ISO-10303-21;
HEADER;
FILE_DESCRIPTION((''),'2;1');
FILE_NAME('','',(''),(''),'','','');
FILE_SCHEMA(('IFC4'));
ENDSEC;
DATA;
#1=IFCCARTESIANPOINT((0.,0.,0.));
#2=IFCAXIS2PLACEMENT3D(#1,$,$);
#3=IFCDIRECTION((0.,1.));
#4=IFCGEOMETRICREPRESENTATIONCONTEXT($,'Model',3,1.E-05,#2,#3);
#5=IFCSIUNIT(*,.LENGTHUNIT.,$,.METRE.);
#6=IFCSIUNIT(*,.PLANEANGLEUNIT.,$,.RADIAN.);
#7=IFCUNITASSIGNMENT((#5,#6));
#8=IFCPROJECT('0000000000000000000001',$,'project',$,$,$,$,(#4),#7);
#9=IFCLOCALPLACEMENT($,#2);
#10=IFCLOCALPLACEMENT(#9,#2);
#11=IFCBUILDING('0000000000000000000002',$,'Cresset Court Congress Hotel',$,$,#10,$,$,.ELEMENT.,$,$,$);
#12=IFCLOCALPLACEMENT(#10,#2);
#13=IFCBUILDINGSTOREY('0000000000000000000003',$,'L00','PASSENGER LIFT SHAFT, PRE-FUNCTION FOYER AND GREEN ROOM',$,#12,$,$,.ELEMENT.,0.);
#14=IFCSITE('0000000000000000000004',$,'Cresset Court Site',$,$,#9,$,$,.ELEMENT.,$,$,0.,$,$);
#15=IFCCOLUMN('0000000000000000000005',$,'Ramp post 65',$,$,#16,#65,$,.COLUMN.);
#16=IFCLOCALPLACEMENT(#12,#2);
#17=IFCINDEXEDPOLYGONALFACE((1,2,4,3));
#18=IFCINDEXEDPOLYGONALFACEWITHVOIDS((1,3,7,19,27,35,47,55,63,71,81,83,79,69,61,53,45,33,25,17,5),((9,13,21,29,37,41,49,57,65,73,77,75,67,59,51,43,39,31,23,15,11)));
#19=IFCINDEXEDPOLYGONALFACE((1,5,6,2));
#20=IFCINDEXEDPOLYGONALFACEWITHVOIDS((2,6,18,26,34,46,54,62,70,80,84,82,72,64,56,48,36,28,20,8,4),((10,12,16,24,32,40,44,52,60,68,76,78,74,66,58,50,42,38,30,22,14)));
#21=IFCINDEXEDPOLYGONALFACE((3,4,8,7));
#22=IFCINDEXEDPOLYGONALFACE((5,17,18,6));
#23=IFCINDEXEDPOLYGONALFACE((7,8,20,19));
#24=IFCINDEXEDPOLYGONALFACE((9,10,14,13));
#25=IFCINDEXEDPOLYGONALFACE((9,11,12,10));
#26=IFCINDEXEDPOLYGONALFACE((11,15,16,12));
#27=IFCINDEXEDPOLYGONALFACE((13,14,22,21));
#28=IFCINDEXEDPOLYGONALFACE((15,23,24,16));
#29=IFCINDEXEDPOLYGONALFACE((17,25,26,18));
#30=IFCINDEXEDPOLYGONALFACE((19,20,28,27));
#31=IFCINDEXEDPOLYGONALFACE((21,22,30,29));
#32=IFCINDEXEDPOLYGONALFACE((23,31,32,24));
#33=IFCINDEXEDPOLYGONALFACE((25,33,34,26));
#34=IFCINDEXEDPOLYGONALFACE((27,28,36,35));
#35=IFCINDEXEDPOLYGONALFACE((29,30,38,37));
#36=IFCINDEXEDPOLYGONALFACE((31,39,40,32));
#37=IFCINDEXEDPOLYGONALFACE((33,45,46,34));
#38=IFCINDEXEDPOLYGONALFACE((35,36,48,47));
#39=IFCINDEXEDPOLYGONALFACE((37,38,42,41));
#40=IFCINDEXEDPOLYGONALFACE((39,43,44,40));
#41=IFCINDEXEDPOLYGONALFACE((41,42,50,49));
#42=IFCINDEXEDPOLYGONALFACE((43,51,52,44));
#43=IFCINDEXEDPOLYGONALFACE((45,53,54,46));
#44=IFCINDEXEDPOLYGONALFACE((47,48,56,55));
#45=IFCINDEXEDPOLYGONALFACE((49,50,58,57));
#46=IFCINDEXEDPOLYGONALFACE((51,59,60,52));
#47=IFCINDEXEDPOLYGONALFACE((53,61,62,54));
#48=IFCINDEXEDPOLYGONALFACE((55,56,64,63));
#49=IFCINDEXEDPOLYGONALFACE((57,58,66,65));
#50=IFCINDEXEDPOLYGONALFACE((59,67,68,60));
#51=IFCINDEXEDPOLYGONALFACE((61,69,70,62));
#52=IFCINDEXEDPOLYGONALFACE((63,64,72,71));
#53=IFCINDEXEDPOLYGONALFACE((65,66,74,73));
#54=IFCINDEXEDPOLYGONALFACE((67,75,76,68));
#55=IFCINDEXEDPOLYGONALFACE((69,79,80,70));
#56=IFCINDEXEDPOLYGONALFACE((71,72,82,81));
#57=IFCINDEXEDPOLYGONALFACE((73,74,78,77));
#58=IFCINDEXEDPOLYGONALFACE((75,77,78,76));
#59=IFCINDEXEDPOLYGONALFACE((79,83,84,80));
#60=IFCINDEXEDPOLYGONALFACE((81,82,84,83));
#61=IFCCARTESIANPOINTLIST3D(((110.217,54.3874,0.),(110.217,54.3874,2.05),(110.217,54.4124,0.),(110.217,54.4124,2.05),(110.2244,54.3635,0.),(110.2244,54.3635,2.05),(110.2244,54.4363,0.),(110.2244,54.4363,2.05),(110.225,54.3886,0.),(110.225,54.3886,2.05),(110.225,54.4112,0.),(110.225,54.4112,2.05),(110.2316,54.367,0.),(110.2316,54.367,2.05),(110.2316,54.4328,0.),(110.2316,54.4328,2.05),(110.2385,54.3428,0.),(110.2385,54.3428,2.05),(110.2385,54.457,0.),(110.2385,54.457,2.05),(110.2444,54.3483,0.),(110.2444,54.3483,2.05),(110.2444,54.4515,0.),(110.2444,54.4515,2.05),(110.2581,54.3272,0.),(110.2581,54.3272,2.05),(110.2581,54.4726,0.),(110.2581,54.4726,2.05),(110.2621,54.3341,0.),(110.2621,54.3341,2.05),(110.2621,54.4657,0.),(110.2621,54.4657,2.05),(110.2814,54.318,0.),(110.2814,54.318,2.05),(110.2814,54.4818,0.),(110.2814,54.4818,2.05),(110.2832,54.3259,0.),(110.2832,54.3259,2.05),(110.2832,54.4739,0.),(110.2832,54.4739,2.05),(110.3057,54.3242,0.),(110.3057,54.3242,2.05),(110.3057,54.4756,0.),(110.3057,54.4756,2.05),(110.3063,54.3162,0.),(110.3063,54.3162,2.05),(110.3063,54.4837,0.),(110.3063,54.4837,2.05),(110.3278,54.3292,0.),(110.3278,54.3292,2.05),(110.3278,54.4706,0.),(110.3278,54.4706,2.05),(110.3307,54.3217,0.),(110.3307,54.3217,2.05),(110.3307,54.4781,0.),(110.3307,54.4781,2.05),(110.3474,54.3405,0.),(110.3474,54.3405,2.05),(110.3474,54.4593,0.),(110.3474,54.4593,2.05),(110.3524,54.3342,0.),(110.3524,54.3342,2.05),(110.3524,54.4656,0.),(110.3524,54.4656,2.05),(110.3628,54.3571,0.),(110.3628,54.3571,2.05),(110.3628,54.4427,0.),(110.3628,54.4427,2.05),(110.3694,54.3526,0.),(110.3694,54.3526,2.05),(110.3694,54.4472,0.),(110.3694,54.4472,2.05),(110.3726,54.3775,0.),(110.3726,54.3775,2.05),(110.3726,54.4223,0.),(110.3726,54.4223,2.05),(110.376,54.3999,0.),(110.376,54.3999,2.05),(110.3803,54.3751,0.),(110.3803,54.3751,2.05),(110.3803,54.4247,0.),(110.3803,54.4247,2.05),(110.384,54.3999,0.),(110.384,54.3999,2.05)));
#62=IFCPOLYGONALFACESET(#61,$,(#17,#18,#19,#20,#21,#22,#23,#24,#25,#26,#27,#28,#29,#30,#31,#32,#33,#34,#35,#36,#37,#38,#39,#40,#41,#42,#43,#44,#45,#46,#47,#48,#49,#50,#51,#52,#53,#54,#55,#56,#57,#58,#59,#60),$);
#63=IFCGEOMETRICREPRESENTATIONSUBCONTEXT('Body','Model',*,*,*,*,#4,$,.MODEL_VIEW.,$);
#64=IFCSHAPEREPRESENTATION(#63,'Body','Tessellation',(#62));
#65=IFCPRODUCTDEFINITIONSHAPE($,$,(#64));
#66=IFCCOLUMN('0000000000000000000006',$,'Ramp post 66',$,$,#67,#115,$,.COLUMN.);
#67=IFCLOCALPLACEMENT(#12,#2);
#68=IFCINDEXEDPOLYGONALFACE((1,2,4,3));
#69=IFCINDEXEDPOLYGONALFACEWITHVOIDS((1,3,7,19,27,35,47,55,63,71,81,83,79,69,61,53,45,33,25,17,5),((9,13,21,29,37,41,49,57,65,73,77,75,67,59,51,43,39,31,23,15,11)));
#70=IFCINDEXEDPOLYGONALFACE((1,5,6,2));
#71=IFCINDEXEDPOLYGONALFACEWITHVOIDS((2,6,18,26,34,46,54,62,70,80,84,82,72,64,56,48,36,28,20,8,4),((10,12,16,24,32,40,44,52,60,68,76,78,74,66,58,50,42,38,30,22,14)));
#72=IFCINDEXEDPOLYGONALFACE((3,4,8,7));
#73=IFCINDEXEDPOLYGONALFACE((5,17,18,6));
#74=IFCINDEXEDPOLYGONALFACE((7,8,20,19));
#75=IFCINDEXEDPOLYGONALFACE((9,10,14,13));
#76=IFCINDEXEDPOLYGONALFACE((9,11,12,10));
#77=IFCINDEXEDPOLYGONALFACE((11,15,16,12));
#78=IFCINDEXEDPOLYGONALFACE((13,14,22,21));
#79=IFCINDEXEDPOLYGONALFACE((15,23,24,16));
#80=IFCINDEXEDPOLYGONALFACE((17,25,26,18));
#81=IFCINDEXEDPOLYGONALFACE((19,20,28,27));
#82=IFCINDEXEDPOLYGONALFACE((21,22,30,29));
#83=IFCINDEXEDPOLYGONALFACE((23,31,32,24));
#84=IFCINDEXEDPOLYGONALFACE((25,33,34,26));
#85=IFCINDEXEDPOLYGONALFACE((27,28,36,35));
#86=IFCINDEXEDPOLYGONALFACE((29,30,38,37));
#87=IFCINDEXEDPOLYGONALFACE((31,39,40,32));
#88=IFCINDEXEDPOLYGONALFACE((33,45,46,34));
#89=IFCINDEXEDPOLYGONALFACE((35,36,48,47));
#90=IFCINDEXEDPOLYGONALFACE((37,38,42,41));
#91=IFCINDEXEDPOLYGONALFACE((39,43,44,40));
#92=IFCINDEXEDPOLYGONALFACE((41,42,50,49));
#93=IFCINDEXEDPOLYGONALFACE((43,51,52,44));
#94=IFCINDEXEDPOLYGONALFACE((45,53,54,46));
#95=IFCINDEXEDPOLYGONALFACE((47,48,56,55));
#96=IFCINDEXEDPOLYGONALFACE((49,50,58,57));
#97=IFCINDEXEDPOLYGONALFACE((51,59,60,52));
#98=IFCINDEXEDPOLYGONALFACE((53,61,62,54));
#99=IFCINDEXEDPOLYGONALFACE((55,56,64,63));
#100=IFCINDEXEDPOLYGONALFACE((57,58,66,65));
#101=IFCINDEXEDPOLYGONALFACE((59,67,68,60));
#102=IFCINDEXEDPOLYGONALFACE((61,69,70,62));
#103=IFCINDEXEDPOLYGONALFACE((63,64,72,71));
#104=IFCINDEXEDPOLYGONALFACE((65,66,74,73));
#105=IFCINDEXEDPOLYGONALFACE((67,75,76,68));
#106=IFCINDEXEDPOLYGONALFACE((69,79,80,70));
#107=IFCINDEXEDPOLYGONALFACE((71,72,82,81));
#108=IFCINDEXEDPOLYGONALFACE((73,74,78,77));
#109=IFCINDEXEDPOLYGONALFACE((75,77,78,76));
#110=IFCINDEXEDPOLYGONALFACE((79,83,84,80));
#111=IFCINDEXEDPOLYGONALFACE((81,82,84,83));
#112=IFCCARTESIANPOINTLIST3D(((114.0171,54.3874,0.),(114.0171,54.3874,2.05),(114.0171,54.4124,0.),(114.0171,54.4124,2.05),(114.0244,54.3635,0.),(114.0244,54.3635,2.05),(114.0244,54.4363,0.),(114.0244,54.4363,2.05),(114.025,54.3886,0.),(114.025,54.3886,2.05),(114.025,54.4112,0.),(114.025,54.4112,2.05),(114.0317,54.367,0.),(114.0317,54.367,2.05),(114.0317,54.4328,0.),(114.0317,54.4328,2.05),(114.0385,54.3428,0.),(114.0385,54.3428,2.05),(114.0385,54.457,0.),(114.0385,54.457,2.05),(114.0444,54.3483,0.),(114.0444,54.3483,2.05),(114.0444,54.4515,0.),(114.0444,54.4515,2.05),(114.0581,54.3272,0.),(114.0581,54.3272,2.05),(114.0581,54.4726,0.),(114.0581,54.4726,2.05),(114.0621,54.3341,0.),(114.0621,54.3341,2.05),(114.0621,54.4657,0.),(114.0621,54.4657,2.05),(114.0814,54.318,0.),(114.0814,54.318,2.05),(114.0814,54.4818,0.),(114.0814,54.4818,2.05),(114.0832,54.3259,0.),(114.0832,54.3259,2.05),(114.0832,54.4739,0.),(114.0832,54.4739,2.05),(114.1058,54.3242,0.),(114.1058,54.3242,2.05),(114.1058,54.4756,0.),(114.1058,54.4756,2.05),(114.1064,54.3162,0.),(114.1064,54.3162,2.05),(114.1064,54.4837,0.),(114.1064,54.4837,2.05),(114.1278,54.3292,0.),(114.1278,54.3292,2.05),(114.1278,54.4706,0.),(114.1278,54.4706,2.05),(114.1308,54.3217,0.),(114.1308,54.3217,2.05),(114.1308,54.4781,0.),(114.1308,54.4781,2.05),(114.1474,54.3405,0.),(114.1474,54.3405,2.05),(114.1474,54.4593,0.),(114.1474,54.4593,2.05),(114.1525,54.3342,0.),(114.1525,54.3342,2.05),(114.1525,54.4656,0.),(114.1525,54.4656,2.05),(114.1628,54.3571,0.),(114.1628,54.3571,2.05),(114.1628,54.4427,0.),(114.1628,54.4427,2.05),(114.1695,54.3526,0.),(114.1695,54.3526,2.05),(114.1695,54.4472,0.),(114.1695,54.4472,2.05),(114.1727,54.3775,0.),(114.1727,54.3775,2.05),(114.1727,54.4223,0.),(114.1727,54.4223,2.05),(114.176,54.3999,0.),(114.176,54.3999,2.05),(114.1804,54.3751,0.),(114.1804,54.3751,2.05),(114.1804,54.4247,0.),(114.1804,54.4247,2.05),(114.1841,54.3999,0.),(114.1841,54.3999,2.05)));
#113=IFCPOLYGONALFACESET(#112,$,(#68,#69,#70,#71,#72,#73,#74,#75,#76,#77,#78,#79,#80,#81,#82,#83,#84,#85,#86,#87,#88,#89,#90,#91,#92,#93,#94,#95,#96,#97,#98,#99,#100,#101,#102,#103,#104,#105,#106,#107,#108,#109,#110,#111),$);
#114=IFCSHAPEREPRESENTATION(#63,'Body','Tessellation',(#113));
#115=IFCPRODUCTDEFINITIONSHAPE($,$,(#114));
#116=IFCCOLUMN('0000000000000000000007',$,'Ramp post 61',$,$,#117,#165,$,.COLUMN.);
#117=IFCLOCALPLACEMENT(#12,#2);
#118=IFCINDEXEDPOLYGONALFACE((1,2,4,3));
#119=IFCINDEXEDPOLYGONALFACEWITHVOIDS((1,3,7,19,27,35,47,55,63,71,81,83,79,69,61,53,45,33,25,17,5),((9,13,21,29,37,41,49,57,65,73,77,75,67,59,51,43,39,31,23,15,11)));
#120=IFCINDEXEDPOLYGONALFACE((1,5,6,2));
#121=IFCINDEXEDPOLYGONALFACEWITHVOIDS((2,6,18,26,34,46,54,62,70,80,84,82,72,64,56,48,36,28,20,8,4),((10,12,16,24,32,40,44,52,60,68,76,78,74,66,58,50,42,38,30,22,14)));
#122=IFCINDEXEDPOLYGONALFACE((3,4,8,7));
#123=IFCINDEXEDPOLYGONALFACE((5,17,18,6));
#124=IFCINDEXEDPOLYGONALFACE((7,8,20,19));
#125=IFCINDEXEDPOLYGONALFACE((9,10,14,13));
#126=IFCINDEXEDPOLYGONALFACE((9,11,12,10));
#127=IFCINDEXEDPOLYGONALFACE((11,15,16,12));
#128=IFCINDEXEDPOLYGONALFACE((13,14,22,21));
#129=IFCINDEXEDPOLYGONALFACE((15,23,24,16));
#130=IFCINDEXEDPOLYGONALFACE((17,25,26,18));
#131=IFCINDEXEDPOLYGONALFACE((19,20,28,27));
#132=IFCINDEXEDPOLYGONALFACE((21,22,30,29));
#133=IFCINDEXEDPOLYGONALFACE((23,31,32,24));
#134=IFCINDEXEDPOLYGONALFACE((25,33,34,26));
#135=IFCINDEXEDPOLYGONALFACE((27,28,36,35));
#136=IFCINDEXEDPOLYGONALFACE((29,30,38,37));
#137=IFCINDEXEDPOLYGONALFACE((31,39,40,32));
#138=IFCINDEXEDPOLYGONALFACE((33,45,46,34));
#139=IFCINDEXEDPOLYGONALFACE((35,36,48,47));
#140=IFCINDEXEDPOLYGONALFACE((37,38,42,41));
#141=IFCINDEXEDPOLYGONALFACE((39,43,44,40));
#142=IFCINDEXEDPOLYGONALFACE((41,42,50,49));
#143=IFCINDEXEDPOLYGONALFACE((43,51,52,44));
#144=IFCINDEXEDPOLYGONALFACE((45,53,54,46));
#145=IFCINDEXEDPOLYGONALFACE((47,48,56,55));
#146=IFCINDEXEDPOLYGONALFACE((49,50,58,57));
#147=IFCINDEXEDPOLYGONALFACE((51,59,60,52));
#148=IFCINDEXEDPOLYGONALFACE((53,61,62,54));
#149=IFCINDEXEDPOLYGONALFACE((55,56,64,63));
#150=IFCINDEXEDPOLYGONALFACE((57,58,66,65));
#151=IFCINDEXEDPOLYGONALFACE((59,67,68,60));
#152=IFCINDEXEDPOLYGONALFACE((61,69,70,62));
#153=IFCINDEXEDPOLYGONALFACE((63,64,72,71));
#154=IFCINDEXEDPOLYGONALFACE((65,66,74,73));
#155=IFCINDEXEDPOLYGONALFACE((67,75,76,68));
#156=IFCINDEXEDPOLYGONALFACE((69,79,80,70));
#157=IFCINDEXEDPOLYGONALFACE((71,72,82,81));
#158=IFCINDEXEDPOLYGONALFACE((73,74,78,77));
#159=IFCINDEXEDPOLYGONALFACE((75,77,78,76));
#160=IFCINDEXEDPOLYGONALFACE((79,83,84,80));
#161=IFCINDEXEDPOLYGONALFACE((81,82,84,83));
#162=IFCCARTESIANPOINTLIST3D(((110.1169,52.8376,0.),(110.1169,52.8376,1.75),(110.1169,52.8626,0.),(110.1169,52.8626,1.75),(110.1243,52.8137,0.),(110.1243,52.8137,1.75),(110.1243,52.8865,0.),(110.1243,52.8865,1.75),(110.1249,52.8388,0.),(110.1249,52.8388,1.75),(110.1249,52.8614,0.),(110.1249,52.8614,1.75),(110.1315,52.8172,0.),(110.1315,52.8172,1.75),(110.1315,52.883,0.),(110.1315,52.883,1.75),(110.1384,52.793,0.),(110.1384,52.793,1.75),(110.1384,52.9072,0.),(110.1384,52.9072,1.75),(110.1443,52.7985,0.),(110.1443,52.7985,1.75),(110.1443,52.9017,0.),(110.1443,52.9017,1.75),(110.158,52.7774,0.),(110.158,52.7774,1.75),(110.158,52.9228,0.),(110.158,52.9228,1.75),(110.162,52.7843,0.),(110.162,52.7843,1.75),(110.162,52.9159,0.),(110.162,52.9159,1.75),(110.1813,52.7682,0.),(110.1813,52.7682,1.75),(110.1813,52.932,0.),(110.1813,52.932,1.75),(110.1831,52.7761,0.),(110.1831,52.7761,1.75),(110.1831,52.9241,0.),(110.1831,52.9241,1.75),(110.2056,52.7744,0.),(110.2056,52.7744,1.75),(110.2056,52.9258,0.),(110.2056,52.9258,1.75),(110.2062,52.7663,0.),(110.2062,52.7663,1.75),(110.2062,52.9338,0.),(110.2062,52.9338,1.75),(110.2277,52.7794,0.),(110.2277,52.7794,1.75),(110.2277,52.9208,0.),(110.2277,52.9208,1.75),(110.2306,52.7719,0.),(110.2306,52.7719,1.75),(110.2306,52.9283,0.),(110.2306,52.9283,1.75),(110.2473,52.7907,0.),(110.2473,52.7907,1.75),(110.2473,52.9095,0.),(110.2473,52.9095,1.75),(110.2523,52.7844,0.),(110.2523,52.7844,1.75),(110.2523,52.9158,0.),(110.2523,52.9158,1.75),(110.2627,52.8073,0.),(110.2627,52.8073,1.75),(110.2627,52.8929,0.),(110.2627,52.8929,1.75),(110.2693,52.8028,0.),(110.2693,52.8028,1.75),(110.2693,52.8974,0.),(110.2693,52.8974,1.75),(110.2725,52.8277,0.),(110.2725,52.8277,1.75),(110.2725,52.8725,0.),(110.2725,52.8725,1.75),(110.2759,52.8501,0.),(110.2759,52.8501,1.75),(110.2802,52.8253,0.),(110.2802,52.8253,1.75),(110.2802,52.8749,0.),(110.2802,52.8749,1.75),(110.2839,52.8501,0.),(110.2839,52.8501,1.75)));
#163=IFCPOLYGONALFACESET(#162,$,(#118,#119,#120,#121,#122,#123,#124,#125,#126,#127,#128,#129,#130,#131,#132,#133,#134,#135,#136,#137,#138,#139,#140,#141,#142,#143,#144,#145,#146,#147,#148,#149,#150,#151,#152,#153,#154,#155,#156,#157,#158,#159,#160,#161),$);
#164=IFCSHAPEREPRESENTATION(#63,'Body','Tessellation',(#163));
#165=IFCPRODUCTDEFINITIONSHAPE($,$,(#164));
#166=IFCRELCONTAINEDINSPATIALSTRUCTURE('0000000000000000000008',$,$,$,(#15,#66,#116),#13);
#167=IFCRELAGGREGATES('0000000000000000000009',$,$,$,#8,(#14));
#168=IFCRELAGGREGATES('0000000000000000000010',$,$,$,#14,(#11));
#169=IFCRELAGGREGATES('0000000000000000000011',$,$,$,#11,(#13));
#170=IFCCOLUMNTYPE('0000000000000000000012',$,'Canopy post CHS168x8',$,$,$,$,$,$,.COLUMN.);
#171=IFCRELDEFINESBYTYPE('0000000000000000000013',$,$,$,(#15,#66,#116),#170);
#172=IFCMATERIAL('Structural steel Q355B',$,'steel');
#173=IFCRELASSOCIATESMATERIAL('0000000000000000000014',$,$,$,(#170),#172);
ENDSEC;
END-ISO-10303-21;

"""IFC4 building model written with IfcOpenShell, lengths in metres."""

from ifc_helpers import new_model, si_unit, direction, frame, origin, origin_2d, place, context, subcontext, project, spatial, hollow_circle, extrude, material, material_profile, profile_set, type_object, element, save


model = new_model("IFC4")

# Units and contexts
model_context = context("Model", 3, precision=1e-05, world=origin(), true_north=direction((0.0, 1.0)))
body_context = subcontext(model_context, "Body", "Model", "MODEL_VIEW")
ifc_project = project(units=[si_unit("LENGTHUNIT", "METRE"), si_unit("PLANEANGLEUNIT", "RADIAN")], contexts=[model_context])

# Site, building, storey
site_placement = place(None, origin())
site = spatial("IfcSite", under=ifc_project, at=site_placement, Name="Cresset Court Site", CompositionType="ELEMENT", RefElevation=0.0)
building_placement = place(site_placement, origin())
building = spatial("IfcBuilding", under=site, at=building_placement, Name="Cresset Court Congress Hotel", CompositionType="ELEMENT")
storey_placement = place(building_placement, origin())
storey = spatial("IfcBuildingStorey", under=building, at=storey_placement, Name="L00", Description="PASSENGER LIFT SHAFT, PRE-FUNCTION FOYER AND GREEN ROOM", CompositionType="ELEMENT", Elevation=0.0)

# Columns
ifc_material_1 = material(Name="Structural steel Q355B", Category="steel")
ifc_material_profile = material_profile(ifc_material_1, hollow_circle(Radius=0.084, WallThickness=0.0081, at=origin_2d()), Name="CHS168x8")
ifc_profile_set = profile_set([ifc_material_profile], Name="Structural steel Q355B")
column_type = type_object("IfcColumnType", Name="Canopy post CHS168x8", PredefinedType="COLUMN", material=ifc_profile_set)
for number, where, z_axis, x_axis, name in (
    (1, (110.3, 54.3999, 0.0), (0.0, 0.0, 1.0), (1.0, 0.0, 0.0), "Ramp post 65"),
    (2, (114.1001, 54.3999, 0.0), (0.0, 0.0, 1.0), (1.0, 0.0, 0.0), "Ramp post 66"),
):
    element("IfcColumn", number, at=place(storey_placement, frame(where, z_axis=z_axis, x_axis=x_axis)), inside=storey, type_object=column_type, Name=name, PredefinedType="COLUMN", context=body_context, shape_type="SweptSolid", body=[
        extrude(hollow_circle(Radius=0.084, WallThickness=0.0081, at=origin_2d()), origin(), (0.0, 0.0, 1.0), 2.05),
    ])
for number, where, z_axis, x_axis, name in (
    (3, (110.2, 52.8501, 0.0), (0.0, 0.0, 1.0), (1.0, 0.0, 0.0), "Ramp post 61"),
):
    element("IfcColumn", number, at=place(storey_placement, frame(where, z_axis=z_axis, x_axis=x_axis)), inside=storey, type_object=column_type, Name=name, PredefinedType="COLUMN", context=body_context, shape_type="SweptSolid", body=[
        extrude(hollow_circle(Radius=0.084, WallThickness=0.0081, at=origin_2d()), origin(), (0.0, 0.0, 1.0), 1.75),
    ])

save(model, "model.ifc")
